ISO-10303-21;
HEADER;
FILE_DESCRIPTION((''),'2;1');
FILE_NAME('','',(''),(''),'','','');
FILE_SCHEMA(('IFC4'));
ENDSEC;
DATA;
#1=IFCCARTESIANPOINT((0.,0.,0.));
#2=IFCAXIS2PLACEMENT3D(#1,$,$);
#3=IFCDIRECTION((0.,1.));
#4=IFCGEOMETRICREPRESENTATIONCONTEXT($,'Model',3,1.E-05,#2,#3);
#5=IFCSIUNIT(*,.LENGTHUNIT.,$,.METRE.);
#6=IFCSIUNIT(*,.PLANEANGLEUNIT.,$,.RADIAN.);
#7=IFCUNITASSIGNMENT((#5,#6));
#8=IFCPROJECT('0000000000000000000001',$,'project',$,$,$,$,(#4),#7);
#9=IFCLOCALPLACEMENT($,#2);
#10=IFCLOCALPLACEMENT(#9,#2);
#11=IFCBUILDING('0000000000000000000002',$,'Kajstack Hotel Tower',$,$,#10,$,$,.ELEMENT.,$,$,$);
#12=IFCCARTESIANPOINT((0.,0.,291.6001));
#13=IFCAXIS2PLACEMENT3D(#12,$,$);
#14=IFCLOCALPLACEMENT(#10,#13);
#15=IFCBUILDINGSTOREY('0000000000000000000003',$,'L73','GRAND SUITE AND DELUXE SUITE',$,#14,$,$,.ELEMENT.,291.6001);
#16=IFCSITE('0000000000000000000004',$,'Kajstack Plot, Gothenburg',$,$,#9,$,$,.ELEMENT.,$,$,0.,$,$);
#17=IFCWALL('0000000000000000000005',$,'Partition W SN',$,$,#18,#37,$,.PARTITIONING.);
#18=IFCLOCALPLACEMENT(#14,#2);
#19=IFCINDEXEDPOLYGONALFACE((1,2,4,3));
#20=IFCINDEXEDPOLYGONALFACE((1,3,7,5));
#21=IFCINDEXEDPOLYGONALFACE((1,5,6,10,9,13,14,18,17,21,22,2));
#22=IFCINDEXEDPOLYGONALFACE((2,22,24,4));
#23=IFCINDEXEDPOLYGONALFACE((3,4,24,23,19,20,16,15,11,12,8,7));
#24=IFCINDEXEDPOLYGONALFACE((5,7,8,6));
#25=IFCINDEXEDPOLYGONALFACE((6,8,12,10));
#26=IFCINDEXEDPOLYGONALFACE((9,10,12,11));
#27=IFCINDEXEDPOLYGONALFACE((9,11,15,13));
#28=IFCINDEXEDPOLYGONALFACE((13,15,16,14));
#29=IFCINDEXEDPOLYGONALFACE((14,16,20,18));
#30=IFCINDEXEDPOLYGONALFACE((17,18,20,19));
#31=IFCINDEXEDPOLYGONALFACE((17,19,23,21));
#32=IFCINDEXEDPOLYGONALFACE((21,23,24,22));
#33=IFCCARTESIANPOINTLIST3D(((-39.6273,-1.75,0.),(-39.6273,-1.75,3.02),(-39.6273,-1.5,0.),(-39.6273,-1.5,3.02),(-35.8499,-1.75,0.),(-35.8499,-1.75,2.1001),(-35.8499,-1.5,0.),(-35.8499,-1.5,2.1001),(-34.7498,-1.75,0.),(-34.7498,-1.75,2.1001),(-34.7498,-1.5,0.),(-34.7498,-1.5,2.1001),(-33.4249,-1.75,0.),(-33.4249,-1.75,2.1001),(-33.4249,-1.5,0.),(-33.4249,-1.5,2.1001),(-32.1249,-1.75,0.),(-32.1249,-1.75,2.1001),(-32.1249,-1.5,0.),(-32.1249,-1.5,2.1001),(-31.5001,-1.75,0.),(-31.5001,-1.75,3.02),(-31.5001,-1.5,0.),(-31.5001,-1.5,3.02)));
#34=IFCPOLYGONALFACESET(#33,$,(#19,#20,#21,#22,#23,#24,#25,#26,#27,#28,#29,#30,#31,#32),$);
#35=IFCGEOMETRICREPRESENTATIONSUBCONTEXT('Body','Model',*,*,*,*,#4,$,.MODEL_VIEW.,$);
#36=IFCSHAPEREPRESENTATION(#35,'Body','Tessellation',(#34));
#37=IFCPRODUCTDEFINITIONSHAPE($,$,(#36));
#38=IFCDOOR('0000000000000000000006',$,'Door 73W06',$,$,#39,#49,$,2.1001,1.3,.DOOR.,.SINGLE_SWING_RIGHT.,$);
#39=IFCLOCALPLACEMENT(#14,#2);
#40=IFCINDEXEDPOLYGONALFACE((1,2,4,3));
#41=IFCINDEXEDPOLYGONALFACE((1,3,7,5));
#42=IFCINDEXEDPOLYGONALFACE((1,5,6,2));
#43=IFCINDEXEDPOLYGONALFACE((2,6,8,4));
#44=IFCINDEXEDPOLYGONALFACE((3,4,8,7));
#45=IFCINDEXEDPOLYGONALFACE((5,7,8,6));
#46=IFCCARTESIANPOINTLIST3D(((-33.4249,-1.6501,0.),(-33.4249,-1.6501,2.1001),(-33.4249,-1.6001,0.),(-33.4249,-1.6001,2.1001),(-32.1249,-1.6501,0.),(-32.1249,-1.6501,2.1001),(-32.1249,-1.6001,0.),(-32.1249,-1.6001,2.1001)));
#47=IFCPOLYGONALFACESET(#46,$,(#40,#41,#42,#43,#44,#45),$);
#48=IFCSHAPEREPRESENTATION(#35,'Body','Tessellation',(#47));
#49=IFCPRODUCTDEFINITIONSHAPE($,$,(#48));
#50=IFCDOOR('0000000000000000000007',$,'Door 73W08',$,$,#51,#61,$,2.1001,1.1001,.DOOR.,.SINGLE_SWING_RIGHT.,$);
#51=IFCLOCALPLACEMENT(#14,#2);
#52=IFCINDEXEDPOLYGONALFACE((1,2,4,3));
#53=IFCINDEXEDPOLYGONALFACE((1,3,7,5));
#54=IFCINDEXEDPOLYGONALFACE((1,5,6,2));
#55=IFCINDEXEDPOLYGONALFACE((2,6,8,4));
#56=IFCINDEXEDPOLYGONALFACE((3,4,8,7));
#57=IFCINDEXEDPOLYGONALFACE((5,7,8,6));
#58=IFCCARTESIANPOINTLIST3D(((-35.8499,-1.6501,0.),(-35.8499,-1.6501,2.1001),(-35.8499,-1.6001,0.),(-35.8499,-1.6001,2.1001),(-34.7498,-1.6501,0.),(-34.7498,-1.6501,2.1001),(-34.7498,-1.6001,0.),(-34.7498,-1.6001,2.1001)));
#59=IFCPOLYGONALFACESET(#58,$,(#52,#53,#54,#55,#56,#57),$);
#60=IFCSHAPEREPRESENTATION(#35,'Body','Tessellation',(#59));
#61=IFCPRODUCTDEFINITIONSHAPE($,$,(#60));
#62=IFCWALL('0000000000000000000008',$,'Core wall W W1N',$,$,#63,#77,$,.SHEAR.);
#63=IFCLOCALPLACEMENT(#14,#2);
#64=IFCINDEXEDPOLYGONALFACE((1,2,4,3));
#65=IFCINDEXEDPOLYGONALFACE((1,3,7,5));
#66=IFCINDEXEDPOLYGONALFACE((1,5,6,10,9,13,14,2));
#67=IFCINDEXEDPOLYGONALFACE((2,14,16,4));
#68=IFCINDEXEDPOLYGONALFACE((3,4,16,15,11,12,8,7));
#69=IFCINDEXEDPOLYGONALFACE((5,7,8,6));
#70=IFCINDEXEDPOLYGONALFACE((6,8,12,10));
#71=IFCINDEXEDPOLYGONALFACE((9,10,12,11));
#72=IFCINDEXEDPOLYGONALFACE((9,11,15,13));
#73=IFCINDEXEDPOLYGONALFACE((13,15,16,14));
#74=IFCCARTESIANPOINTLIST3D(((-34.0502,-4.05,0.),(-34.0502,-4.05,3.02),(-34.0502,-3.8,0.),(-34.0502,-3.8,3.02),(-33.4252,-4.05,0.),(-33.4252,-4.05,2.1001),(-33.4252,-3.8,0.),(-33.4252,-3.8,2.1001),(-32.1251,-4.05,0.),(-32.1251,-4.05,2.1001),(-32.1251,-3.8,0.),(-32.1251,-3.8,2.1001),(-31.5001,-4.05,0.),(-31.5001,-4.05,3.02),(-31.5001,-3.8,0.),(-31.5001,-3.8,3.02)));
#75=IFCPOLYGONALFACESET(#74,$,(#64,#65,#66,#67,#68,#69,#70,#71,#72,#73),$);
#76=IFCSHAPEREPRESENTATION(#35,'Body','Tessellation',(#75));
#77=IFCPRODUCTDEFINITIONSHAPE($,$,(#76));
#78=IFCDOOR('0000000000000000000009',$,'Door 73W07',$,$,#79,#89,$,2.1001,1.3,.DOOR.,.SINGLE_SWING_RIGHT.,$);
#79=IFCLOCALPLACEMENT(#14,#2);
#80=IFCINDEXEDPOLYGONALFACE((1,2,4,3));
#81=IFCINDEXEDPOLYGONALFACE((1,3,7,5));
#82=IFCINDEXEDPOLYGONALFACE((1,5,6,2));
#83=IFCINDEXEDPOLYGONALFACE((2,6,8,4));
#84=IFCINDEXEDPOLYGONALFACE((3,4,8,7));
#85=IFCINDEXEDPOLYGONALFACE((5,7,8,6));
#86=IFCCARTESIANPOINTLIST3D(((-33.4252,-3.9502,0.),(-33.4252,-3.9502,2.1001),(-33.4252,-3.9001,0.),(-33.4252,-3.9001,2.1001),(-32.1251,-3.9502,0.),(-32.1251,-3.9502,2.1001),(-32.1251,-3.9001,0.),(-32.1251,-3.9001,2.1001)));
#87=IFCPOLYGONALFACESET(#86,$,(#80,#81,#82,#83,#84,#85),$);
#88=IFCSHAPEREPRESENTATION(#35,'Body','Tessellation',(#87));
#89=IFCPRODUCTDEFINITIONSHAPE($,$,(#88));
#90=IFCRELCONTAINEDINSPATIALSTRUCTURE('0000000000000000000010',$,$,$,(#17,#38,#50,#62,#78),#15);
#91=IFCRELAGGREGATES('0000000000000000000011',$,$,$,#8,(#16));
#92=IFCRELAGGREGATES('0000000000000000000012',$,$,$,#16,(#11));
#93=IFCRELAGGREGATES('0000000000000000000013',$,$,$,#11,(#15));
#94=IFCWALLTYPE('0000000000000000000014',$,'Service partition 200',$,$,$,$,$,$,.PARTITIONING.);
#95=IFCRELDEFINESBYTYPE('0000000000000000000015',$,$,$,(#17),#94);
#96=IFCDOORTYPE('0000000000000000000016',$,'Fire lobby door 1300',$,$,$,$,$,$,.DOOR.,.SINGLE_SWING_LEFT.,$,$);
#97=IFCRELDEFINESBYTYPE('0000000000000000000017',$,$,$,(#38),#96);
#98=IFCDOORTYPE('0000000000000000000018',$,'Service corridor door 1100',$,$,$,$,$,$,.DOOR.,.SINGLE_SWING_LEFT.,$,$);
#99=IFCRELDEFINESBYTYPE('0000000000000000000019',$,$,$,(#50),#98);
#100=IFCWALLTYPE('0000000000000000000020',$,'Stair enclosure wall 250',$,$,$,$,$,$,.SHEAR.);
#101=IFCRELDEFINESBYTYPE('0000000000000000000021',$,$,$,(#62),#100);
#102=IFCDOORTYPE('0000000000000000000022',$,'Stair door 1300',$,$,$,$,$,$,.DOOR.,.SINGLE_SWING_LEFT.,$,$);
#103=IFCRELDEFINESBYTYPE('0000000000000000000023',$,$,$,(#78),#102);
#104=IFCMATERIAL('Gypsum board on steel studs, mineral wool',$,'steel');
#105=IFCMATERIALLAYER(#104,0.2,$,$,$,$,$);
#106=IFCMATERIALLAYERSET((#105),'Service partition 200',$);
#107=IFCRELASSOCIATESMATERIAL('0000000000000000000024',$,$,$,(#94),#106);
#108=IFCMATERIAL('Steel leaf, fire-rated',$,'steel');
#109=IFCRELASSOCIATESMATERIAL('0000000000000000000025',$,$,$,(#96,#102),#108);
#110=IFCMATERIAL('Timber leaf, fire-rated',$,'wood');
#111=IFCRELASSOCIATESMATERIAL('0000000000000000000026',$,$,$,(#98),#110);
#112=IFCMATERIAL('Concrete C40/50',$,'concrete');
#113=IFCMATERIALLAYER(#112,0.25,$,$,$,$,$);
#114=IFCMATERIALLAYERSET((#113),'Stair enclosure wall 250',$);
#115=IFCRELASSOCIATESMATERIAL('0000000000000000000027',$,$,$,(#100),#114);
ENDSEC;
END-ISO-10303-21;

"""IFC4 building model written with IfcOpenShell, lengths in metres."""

from ifc_helpers import new_model, si_unit, direction, frame, frame_2d, origin, place, context, subcontext, project, spatial, rectangle, extrude, material, layer, layer_set, type_object, element, fill, save


model = new_model("IFC4")

# Units and contexts
model_context = context("Model", 3, precision=1e-05, world=origin(), true_north=direction((0.0, 1.0)))
body_context = subcontext(model_context, "Body", "Model", "MODEL_VIEW")
ifc_project = project(units=[si_unit("LENGTHUNIT", "METRE"), si_unit("PLANEANGLEUNIT", "RADIAN")], contexts=[model_context])

# Site, building, storey
site_placement = place(None, origin())
site = spatial("IfcSite", under=ifc_project, at=site_placement, Name="Kajstack Plot, Gothenburg", CompositionType="ELEMENT", RefElevation=0.0)
building_placement = place(site_placement, origin())
building = spatial("IfcBuilding", under=site, at=building_placement, Name="Kajstack Hotel Tower", CompositionType="ELEMENT")
storey_placement = place(building_placement, frame((0.0, 0.0, 291.6001)))
storey = spatial("IfcBuildingStorey", under=building, at=storey_placement, Name="L73", Description="GRAND SUITE AND DELUXE SUITE", CompositionType="ELEMENT", Elevation=291.6001)

# Wall, openings, doors
ifc_material_1 = material(Name="Gypsum board on steel studs, mineral wool", Category="steel")
ifc_layer_1 = layer(ifc_material_1, 0.2)
ifc_layer_set_1 = layer_set([ifc_layer_1], Name="Service partition 200")
wall_type_1 = type_object("IfcWallType", Name="Service partition 200", PredefinedType="PARTITIONING", material=ifc_layer_set_1)
wall_1_placement = place(storey_placement, frame((-39.6272, -1.625, 0.0), z_axis=(0.0, 0.0, 1.0), x_axis=(1.0, 0.0, 0.0)))
wall_1 = element("IfcWall", 1, at=wall_1_placement, inside=storey, type_object=wall_type_1, Name="Partition W SN", PredefinedType="PARTITIONING", context=body_context, shape_type="SweptSolid", body=[
    extrude(rectangle(XDim=8.1272, YDim=0.25, at=frame_2d((4.0635, 0.0))), origin(), (0.0, 0.0, 1.0), 3.02),
])
opening_1_placement = place(wall_1_placement, frame((6.2024, 0.0, 0.0)))
opening_1 = element("IfcOpeningElement", 2, at=opening_1_placement, cuts=wall_1, PredefinedType="OPENING", context=body_context, shape_type="SweptSolid", body=[
    extrude(rectangle(XDim=1.3, YDim=2.1001, at=frame_2d((0.6499, 1.05))), frame((0.0, 0.135, 0.0), z_axis=(0.0, -1.0, 0.0), x_axis=(1.0, 0.0, 0.0)), (0.0, 0.0, 1.0), 0.27),
])
opening_2_placement = place(wall_1_placement, frame((3.7773, 0.0, 0.0)))
opening_2 = element("IfcOpeningElement", 3, at=opening_2_placement, cuts=wall_1, PredefinedType="OPENING", context=body_context, shape_type="SweptSolid", body=[
    extrude(rectangle(XDim=1.1001, YDim=2.1001, at=frame_2d((0.55, 1.05))), frame((0.0, 0.135, 0.0), z_axis=(0.0, -1.0, 0.0), x_axis=(1.0, 0.0, 0.0)), (0.0, 0.0, 1.0), 0.27),
])
ifc_material_2 = material(Name="Steel leaf, fire-rated", Category="steel")
door_type_1 = type_object("IfcDoorType", Name="Fire lobby door 1300", OperationType="SINGLE_SWING_LEFT", PredefinedType="DOOR", material=ifc_material_2)
door_1_placement = place(opening_1_placement, origin())
door_1 = element("IfcDoor", 4, at=door_1_placement, inside=storey, type_object=door_type_1, Name="Door 73W06", OperationType="SINGLE_SWING_RIGHT", OverallHeight=2.1001, OverallWidth=1.3, PredefinedType="DOOR", context=body_context, shape_type="SweptSolid", body=[
    extrude(rectangle(XDim=1.3, YDim=2.1001, at=frame_2d((0.6499, 1.05))), frame((0.0, 0.0249, 0.0), z_axis=(0.0, -1.0, 0.0), x_axis=(1.0, 0.0, 0.0)), (0.0, 0.0, 1.0), 0.05),
])
fill(opening_1, door_1)
ifc_material_3 = material(Name="Timber leaf, fire-rated", Category="wood")
door_type_2 = type_object("IfcDoorType", Name="Service corridor door 1100", OperationType="SINGLE_SWING_LEFT", PredefinedType="DOOR", material=ifc_material_3)
door_2_placement = place(opening_2_placement, origin())
door_2 = element("IfcDoor", 5, at=door_2_placement, inside=storey, type_object=door_type_2, Name="Door 73W08", OperationType="SINGLE_SWING_RIGHT", OverallHeight=2.1001, OverallWidth=1.1001, PredefinedType="DOOR", context=body_context, shape_type="SweptSolid", body=[
    extrude(rectangle(XDim=1.1001, YDim=2.1001, at=frame_2d((0.55, 1.05))), frame((0.0, 0.0249, 0.0), z_axis=(0.0, -1.0, 0.0), x_axis=(1.0, 0.0, 0.0)), (0.0, 0.0, 1.0), 0.05),
])
fill(opening_2, door_2)

# Wall, opening, door
ifc_material_4 = material(Name="Concrete C40/50", Category="concrete")
ifc_layer_2 = layer(ifc_material_4, 0.25)
ifc_layer_set_2 = layer_set([ifc_layer_2], Name="Stair enclosure wall 250")
wall_type_2 = type_object("IfcWallType", Name="Stair enclosure wall 250", PredefinedType="SHEAR", material=ifc_layer_set_2)
wall_2_placement = place(storey_placement, frame((-34.05, -3.925, 0.0), z_axis=(0.0, 0.0, 1.0), x_axis=(1.0, 0.0, 0.0)))
wall_2 = element("IfcWall", 6, at=wall_2_placement, inside=storey, type_object=wall_type_2, Name="Core wall W W1N", PredefinedType="SHEAR", context=body_context, shape_type="SweptSolid", body=[
    extrude(rectangle(XDim=2.55, YDim=0.25, at=frame_2d((1.2749, 0.0))), origin(), (0.0, 0.0, 1.0), 3.02),
])
opening_3_placement = place(wall_2_placement, frame((0.625, 0.0, 0.0)))
opening_3 = element("IfcOpeningElement", 7, at=opening_3_placement, cuts=wall_2, PredefinedType="OPENING", context=body_context, shape_type="SweptSolid", body=[
    extrude(rectangle(XDim=1.3, YDim=2.1001, at=frame_2d((0.6499, 1.05))), frame((0.0, 0.135, 0.0), z_axis=(0.0, -1.0, 0.0), x_axis=(1.0, 0.0, 0.0)), (0.0, 0.0, 1.0), 0.27),
])
door_type_3 = type_object("IfcDoorType", Name="Stair door 1300", OperationType="SINGLE_SWING_LEFT", PredefinedType="DOOR", material=ifc_material_2)
door_3_placement = place(opening_3_placement, origin())
door_3 = element("IfcDoor", 8, at=door_3_placement, inside=storey, type_object=door_type_3, Name="Door 73W07", OperationType="SINGLE_SWING_RIGHT", OverallHeight=2.1001, OverallWidth=1.3, PredefinedType="DOOR", context=body_context, shape_type="SweptSolid", body=[
    extrude(rectangle(XDim=1.3, YDim=2.1001, at=frame_2d((0.6499, 1.05))), frame((0.0, 0.0249, 0.0), z_axis=(0.0, -1.0, 0.0), x_axis=(1.0, 0.0, 0.0)), (0.0, 0.0, 1.0), 0.05),
])
fill(opening_3, door_3)

save(model, "model.ifc")
